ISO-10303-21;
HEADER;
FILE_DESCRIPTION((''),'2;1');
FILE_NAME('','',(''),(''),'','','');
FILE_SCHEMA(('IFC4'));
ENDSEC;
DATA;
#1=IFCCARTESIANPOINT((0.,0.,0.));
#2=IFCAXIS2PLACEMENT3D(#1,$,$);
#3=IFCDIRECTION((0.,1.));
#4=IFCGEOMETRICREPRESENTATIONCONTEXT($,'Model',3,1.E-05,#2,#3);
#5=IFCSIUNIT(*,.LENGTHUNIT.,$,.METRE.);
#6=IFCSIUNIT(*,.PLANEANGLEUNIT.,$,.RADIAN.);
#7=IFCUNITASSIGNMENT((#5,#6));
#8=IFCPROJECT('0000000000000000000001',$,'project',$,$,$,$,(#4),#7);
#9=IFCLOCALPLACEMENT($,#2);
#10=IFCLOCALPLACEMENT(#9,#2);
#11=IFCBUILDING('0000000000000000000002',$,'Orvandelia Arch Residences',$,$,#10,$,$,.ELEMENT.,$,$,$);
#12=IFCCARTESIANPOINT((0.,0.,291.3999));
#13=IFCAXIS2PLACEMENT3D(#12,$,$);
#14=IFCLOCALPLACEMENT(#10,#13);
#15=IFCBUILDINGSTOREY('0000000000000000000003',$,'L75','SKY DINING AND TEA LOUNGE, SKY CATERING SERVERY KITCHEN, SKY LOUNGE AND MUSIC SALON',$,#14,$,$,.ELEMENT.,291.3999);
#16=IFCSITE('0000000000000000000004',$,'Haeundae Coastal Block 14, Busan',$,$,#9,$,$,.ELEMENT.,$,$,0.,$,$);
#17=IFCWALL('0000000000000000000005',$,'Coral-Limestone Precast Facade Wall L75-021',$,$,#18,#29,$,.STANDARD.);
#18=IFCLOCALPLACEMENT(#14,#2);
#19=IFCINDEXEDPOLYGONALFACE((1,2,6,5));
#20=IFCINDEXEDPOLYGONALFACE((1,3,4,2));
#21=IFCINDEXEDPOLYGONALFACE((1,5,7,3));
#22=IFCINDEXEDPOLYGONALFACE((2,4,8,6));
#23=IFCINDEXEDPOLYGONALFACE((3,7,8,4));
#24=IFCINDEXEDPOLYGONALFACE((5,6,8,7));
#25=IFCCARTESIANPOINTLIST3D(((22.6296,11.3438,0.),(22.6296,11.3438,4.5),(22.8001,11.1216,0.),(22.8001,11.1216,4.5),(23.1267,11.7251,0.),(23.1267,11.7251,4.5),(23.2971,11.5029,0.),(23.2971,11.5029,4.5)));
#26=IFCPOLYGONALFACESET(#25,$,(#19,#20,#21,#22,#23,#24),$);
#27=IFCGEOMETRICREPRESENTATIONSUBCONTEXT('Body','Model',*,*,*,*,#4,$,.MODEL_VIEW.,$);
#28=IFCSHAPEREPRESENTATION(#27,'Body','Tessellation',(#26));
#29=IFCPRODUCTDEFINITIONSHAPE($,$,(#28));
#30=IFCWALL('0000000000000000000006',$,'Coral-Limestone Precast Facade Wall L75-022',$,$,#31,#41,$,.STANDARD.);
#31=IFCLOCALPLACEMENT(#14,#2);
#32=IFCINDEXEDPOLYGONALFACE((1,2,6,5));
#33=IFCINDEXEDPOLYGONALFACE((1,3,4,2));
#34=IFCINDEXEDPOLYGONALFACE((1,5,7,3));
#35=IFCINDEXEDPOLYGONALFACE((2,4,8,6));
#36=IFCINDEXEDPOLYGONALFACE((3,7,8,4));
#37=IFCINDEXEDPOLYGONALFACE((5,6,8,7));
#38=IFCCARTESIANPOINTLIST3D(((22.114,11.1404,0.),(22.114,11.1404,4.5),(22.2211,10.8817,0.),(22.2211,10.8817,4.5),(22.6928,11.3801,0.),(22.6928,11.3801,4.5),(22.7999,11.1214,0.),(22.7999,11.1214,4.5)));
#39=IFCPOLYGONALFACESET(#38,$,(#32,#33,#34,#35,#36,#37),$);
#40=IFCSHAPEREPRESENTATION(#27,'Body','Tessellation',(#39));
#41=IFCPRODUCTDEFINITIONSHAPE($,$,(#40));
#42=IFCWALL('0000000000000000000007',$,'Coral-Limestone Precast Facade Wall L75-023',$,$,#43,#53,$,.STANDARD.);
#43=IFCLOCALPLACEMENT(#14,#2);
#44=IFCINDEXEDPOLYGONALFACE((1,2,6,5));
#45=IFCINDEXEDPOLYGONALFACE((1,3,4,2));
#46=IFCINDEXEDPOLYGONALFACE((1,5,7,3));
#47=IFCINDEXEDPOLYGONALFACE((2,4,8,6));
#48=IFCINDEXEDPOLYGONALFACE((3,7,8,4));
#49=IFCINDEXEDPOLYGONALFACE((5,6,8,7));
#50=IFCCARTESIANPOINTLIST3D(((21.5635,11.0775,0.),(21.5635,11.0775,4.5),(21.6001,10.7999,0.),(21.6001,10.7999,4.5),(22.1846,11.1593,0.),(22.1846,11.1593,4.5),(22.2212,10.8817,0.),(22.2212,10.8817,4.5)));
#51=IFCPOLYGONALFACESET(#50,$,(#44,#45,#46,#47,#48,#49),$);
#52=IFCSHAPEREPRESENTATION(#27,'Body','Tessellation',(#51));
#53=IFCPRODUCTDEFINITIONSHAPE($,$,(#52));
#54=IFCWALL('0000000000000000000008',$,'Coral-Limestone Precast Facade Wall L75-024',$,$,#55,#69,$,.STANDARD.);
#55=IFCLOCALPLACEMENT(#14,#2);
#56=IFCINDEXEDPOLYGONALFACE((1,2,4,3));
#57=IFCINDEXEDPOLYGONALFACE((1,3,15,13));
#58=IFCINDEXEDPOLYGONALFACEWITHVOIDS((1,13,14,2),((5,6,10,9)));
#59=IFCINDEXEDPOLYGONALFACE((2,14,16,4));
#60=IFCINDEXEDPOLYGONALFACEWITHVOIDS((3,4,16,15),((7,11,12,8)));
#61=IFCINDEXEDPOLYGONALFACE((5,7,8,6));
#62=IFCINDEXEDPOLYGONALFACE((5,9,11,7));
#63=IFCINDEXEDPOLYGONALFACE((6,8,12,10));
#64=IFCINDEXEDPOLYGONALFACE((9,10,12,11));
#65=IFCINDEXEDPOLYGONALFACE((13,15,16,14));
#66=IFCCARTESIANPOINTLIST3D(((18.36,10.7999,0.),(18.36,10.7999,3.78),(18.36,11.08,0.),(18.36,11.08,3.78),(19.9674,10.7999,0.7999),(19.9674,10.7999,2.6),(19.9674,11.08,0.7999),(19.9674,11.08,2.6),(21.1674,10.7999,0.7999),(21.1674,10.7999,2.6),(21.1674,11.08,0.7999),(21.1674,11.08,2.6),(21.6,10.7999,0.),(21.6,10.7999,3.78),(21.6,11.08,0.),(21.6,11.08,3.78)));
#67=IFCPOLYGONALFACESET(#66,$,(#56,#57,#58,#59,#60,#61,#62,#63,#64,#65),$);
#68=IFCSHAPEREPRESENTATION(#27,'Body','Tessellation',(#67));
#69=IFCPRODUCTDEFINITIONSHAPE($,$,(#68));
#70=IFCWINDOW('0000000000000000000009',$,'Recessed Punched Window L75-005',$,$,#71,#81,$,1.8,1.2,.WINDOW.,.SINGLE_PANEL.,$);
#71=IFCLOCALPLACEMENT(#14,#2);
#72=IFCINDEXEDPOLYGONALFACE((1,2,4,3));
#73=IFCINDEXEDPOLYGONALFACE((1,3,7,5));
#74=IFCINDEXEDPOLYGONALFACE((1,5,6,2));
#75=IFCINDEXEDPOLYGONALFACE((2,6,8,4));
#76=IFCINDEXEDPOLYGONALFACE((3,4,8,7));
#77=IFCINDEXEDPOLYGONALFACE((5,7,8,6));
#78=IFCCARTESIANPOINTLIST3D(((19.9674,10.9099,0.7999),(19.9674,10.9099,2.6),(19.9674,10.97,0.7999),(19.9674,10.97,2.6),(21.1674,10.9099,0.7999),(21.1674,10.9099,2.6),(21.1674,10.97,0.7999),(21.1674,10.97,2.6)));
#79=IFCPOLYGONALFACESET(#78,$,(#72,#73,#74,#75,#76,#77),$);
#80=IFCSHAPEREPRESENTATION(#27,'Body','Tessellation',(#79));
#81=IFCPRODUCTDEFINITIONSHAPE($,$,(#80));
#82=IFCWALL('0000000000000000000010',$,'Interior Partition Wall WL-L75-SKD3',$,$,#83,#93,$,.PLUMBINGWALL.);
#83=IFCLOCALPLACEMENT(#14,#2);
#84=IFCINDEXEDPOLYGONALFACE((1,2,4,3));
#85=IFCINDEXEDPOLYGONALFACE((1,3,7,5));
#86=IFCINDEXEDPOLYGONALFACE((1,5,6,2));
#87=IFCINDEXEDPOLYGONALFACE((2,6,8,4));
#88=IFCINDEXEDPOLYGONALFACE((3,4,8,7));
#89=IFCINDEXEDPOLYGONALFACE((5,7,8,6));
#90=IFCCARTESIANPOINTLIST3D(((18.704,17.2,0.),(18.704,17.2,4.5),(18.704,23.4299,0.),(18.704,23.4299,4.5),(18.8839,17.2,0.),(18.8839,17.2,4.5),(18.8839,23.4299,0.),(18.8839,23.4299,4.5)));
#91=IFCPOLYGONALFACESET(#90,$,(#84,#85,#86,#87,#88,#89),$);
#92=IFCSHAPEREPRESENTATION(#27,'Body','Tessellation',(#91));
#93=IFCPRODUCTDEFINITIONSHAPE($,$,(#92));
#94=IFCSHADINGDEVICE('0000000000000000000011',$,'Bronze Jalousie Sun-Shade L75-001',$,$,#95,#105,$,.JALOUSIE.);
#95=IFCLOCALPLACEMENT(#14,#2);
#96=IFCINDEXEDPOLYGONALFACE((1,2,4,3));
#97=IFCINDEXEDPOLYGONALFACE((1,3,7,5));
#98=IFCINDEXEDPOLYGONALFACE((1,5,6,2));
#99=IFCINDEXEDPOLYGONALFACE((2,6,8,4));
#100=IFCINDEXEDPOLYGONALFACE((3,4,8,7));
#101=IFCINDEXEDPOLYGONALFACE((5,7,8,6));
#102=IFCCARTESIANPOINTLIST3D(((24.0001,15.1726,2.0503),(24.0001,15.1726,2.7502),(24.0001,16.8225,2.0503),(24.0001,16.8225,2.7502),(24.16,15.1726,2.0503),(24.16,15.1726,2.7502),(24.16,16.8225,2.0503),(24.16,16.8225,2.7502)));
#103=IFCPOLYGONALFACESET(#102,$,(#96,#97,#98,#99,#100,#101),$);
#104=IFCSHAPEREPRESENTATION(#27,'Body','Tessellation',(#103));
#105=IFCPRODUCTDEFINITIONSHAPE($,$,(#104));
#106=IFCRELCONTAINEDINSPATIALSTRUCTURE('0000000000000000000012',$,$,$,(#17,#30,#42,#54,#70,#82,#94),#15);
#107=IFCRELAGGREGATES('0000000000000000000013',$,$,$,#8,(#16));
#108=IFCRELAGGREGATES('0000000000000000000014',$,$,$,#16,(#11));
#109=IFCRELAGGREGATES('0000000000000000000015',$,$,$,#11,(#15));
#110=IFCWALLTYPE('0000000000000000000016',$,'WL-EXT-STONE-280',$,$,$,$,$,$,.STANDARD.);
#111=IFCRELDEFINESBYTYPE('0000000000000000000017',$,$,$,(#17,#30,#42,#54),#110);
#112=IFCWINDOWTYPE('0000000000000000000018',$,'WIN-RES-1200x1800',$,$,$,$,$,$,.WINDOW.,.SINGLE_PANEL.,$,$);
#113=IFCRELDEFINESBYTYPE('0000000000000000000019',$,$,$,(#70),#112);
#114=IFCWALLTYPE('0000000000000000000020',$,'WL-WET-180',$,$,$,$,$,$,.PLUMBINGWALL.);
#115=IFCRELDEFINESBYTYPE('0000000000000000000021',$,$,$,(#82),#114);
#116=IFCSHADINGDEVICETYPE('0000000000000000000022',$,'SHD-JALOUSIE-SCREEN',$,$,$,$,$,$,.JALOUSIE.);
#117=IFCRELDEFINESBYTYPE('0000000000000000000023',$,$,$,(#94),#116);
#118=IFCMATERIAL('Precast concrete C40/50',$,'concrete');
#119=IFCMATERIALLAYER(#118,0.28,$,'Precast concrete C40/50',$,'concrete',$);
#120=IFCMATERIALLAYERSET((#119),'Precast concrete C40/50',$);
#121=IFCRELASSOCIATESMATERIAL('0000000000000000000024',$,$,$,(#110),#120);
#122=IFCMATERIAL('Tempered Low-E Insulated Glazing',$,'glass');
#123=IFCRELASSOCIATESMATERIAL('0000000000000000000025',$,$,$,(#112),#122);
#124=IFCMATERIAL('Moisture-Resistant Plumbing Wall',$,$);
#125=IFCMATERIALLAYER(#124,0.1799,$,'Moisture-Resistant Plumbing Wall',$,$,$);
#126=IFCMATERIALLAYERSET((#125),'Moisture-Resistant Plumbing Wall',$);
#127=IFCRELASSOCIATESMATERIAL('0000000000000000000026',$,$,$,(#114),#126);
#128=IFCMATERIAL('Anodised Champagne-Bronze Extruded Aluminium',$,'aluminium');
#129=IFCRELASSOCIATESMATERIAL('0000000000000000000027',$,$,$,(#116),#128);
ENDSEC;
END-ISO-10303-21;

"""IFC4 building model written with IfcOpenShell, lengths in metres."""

from ifc_helpers import new_model, si_unit, direction, frame, frame_2d, origin, origin_2d, place, context, subcontext, project, spatial, rectangle, extrude, material, layer, layer_set, type_object, element, fill, save


model = new_model("IFC4")

# Units and contexts
model_context = context("Model", 3, precision=1e-05, world=origin(), true_north=direction((0.0, 1.0)))
body_context = subcontext(model_context, "Body", "Model", "MODEL_VIEW")
ifc_project = project(units=[si_unit("LENGTHUNIT", "METRE"), si_unit("PLANEANGLEUNIT", "RADIAN")], contexts=[model_context])

# Site, building, storey
site_placement = place(None, origin())
site = spatial("IfcSite", under=ifc_project, at=site_placement, Name="Haeundae Coastal Block 14, Busan", CompositionType="ELEMENT", RefElevation=0.0)
building_placement = place(site_placement, origin())
building = spatial("IfcBuilding", under=site, at=building_placement, Name="Orvandelia Arch Residences", CompositionType="ELEMENT")
storey_placement = place(building_placement, frame((0.0, 0.0, 291.3999)))
storey = spatial("IfcBuildingStorey", under=building, at=storey_placement, Name="L75", Description="SKY DINING AND TEA LOUNGE, SKY CATERING SERVERY KITCHEN, SKY LOUNGE AND MUSIC SALON", CompositionType="ELEMENT", Elevation=291.3999)

# Walls
ifc_material_1 = material(Name="Precast concrete C40/50", Category="concrete")
ifc_layer_1 = layer(ifc_material_1, 0.28, Name="Precast concrete C40/50", Category="concrete")
ifc_layer_set_1 = layer_set([ifc_layer_1], Name="Precast concrete C40/50")
wall_type_1 = type_object("IfcWallType", Name="WL-EXT-STONE-280", PredefinedType="STANDARD", material=ifc_layer_set_1)
for number, where, z_axis, x_axis, name in (
    (1, (23.2119, 11.614, 0.0), (0.0, 0.0, 1.0), (-0.793406, -0.608693, 0.0), "Coral-Limestone Precast Facade Wall L75-021"),
    (2, (22.7463, 11.2507, 0.0), (0.0, 0.0, 1.0), (-0.923893, -0.38265, 0.0), "Coral-Limestone Precast Facade Wall L75-022"),
    (3, (22.2029, 11.0205, 0.0), (0.0, 0.0, 1.0), (-0.991441, -0.130555, 0.0), "Coral-Limestone Precast Facade Wall L75-023"),
):
    element("IfcWall", number, at=place(storey_placement, frame(where, z_axis=z_axis, x_axis=x_axis)), inside=storey, type_object=wall_type_1, Name=name, PredefinedType="STANDARD", context=body_context, shape_type="SweptSolid", body=[
        extrude(rectangle(XDim=0.6265, YDim=0.28, at=frame_2d((0.3132, 0.0))), origin(), (0.0, 0.0, 1.0), 4.5),
    ])

# Wall, opening, window
wall_1_placement = place(storey_placement, frame((21.6001, 10.9399, 0.0), z_axis=(0.0, 0.0, 1.0), x_axis=(-1.0, 0.0, 0.0)))
wall_1 = element("IfcWall", 4, at=wall_1_placement, inside=storey, type_object=wall_type_1, Name="Coral-Limestone Precast Facade Wall L75-024", PredefinedType="STANDARD", context=body_context, shape_type="SweptSolid", body=[
    extrude(rectangle(XDim=3.24, YDim=0.28, at=frame_2d((1.6201, 0.0))), origin(), (0.0, 0.0, 1.0), 3.78),
])
opening_placement = place(wall_1_placement, frame((0.4326, 0.0, 0.8)))
opening = element("IfcOpeningElement", 5, at=opening_placement, cuts=wall_1, PredefinedType="OPENING", context=body_context, shape_type="SweptSolid", body=[
    extrude(rectangle(XDim=1.2, YDim=1.8, at=frame_2d((0.6001, 0.8999))), frame((0.0, 0.1499, 0.0), z_axis=(0.0, -1.0, 0.0), x_axis=(1.0, 0.0, 0.0)), (0.0, 0.0, 1.0), 0.3),
])
ifc_material_2 = material(Name="Tempered Low-E Insulated Glazing", Category="glass")
window_type = type_object("IfcWindowType", Name="WIN-RES-1200x1800", PartitioningType="SINGLE_PANEL", PredefinedType="WINDOW", material=ifc_material_2)
window_placement = place(opening_placement, origin())
window = element("IfcWindow", 6, at=window_placement, inside=storey, type_object=window_type, Name="Recessed Punched Window L75-005", OverallHeight=1.8, OverallWidth=1.2, PartitioningType="SINGLE_PANEL", PredefinedType="WINDOW", context=body_context, shape_type="SweptSolid", body=[
    extrude(rectangle(XDim=1.2, YDim=1.8, at=frame_2d((0.6001, 0.8999))), frame((0.0, 0.03, 0.0), z_axis=(0.0, -1.0, 0.0), x_axis=(1.0, 0.0, 0.0)), (0.0, 0.0, 1.0), 0.0601),
])
fill(opening, window)

# Wall
ifc_material_3 = material(Name="Moisture-Resistant Plumbing Wall")
ifc_layer_2 = layer(ifc_material_3, 0.1799, Name="Moisture-Resistant Plumbing Wall")
ifc_layer_set_2 = layer_set([ifc_layer_2], Name="Moisture-Resistant Plumbing Wall")
wall_type_2 = type_object("IfcWallType", Name="WL-WET-180", PredefinedType="PLUMBINGWALL", material=ifc_layer_set_2)
wall_2_placement = place(storey_placement, frame((18.7939, 17.2, 0.0), z_axis=(0.0, 0.0, 1.0), x_axis=(0.0, 1.0, 0.0)))
element("IfcWall", 7, at=wall_2_placement, inside=storey, type_object=wall_type_2, Name="Interior Partition Wall WL-L75-SKD3", PredefinedType="PLUMBINGWALL", context=body_context, shape_type="SweptSolid", body=[
    extrude(rectangle(XDim=6.23, YDim=0.1799, at=frame_2d((3.115, 0.0))), origin(), (0.0, 0.0, 1.0), 4.5),
])

# Shading device
ifc_material_4 = material(Name="Anodised Champagne-Bronze Extruded Aluminium", Category="aluminium")
shading_device_type = type_object("IfcShadingDeviceType", Name="SHD-JALOUSIE-SCREEN", PredefinedType="JALOUSIE", material=ifc_material_4)
shading_device_placement = place(storey_placement, frame((24.0801, 15.9976, 2.0503), z_axis=(0.0, 0.0, 1.0), x_axis=(0.0, -1.0, 0.0)))
element("IfcShadingDevice", 8, at=shading_device_placement, inside=storey, type_object=shading_device_type, Name="Bronze Jalousie Sun-Shade L75-001", PredefinedType="JALOUSIE", context=body_context, shape_type="SweptSolid", body=[
    extrude(rectangle(XDim=1.6499, YDim=0.1599, at=origin_2d()), origin(), (0.0, 0.0, 1.0), 0.7),
])

save(model, "model.ifc")
